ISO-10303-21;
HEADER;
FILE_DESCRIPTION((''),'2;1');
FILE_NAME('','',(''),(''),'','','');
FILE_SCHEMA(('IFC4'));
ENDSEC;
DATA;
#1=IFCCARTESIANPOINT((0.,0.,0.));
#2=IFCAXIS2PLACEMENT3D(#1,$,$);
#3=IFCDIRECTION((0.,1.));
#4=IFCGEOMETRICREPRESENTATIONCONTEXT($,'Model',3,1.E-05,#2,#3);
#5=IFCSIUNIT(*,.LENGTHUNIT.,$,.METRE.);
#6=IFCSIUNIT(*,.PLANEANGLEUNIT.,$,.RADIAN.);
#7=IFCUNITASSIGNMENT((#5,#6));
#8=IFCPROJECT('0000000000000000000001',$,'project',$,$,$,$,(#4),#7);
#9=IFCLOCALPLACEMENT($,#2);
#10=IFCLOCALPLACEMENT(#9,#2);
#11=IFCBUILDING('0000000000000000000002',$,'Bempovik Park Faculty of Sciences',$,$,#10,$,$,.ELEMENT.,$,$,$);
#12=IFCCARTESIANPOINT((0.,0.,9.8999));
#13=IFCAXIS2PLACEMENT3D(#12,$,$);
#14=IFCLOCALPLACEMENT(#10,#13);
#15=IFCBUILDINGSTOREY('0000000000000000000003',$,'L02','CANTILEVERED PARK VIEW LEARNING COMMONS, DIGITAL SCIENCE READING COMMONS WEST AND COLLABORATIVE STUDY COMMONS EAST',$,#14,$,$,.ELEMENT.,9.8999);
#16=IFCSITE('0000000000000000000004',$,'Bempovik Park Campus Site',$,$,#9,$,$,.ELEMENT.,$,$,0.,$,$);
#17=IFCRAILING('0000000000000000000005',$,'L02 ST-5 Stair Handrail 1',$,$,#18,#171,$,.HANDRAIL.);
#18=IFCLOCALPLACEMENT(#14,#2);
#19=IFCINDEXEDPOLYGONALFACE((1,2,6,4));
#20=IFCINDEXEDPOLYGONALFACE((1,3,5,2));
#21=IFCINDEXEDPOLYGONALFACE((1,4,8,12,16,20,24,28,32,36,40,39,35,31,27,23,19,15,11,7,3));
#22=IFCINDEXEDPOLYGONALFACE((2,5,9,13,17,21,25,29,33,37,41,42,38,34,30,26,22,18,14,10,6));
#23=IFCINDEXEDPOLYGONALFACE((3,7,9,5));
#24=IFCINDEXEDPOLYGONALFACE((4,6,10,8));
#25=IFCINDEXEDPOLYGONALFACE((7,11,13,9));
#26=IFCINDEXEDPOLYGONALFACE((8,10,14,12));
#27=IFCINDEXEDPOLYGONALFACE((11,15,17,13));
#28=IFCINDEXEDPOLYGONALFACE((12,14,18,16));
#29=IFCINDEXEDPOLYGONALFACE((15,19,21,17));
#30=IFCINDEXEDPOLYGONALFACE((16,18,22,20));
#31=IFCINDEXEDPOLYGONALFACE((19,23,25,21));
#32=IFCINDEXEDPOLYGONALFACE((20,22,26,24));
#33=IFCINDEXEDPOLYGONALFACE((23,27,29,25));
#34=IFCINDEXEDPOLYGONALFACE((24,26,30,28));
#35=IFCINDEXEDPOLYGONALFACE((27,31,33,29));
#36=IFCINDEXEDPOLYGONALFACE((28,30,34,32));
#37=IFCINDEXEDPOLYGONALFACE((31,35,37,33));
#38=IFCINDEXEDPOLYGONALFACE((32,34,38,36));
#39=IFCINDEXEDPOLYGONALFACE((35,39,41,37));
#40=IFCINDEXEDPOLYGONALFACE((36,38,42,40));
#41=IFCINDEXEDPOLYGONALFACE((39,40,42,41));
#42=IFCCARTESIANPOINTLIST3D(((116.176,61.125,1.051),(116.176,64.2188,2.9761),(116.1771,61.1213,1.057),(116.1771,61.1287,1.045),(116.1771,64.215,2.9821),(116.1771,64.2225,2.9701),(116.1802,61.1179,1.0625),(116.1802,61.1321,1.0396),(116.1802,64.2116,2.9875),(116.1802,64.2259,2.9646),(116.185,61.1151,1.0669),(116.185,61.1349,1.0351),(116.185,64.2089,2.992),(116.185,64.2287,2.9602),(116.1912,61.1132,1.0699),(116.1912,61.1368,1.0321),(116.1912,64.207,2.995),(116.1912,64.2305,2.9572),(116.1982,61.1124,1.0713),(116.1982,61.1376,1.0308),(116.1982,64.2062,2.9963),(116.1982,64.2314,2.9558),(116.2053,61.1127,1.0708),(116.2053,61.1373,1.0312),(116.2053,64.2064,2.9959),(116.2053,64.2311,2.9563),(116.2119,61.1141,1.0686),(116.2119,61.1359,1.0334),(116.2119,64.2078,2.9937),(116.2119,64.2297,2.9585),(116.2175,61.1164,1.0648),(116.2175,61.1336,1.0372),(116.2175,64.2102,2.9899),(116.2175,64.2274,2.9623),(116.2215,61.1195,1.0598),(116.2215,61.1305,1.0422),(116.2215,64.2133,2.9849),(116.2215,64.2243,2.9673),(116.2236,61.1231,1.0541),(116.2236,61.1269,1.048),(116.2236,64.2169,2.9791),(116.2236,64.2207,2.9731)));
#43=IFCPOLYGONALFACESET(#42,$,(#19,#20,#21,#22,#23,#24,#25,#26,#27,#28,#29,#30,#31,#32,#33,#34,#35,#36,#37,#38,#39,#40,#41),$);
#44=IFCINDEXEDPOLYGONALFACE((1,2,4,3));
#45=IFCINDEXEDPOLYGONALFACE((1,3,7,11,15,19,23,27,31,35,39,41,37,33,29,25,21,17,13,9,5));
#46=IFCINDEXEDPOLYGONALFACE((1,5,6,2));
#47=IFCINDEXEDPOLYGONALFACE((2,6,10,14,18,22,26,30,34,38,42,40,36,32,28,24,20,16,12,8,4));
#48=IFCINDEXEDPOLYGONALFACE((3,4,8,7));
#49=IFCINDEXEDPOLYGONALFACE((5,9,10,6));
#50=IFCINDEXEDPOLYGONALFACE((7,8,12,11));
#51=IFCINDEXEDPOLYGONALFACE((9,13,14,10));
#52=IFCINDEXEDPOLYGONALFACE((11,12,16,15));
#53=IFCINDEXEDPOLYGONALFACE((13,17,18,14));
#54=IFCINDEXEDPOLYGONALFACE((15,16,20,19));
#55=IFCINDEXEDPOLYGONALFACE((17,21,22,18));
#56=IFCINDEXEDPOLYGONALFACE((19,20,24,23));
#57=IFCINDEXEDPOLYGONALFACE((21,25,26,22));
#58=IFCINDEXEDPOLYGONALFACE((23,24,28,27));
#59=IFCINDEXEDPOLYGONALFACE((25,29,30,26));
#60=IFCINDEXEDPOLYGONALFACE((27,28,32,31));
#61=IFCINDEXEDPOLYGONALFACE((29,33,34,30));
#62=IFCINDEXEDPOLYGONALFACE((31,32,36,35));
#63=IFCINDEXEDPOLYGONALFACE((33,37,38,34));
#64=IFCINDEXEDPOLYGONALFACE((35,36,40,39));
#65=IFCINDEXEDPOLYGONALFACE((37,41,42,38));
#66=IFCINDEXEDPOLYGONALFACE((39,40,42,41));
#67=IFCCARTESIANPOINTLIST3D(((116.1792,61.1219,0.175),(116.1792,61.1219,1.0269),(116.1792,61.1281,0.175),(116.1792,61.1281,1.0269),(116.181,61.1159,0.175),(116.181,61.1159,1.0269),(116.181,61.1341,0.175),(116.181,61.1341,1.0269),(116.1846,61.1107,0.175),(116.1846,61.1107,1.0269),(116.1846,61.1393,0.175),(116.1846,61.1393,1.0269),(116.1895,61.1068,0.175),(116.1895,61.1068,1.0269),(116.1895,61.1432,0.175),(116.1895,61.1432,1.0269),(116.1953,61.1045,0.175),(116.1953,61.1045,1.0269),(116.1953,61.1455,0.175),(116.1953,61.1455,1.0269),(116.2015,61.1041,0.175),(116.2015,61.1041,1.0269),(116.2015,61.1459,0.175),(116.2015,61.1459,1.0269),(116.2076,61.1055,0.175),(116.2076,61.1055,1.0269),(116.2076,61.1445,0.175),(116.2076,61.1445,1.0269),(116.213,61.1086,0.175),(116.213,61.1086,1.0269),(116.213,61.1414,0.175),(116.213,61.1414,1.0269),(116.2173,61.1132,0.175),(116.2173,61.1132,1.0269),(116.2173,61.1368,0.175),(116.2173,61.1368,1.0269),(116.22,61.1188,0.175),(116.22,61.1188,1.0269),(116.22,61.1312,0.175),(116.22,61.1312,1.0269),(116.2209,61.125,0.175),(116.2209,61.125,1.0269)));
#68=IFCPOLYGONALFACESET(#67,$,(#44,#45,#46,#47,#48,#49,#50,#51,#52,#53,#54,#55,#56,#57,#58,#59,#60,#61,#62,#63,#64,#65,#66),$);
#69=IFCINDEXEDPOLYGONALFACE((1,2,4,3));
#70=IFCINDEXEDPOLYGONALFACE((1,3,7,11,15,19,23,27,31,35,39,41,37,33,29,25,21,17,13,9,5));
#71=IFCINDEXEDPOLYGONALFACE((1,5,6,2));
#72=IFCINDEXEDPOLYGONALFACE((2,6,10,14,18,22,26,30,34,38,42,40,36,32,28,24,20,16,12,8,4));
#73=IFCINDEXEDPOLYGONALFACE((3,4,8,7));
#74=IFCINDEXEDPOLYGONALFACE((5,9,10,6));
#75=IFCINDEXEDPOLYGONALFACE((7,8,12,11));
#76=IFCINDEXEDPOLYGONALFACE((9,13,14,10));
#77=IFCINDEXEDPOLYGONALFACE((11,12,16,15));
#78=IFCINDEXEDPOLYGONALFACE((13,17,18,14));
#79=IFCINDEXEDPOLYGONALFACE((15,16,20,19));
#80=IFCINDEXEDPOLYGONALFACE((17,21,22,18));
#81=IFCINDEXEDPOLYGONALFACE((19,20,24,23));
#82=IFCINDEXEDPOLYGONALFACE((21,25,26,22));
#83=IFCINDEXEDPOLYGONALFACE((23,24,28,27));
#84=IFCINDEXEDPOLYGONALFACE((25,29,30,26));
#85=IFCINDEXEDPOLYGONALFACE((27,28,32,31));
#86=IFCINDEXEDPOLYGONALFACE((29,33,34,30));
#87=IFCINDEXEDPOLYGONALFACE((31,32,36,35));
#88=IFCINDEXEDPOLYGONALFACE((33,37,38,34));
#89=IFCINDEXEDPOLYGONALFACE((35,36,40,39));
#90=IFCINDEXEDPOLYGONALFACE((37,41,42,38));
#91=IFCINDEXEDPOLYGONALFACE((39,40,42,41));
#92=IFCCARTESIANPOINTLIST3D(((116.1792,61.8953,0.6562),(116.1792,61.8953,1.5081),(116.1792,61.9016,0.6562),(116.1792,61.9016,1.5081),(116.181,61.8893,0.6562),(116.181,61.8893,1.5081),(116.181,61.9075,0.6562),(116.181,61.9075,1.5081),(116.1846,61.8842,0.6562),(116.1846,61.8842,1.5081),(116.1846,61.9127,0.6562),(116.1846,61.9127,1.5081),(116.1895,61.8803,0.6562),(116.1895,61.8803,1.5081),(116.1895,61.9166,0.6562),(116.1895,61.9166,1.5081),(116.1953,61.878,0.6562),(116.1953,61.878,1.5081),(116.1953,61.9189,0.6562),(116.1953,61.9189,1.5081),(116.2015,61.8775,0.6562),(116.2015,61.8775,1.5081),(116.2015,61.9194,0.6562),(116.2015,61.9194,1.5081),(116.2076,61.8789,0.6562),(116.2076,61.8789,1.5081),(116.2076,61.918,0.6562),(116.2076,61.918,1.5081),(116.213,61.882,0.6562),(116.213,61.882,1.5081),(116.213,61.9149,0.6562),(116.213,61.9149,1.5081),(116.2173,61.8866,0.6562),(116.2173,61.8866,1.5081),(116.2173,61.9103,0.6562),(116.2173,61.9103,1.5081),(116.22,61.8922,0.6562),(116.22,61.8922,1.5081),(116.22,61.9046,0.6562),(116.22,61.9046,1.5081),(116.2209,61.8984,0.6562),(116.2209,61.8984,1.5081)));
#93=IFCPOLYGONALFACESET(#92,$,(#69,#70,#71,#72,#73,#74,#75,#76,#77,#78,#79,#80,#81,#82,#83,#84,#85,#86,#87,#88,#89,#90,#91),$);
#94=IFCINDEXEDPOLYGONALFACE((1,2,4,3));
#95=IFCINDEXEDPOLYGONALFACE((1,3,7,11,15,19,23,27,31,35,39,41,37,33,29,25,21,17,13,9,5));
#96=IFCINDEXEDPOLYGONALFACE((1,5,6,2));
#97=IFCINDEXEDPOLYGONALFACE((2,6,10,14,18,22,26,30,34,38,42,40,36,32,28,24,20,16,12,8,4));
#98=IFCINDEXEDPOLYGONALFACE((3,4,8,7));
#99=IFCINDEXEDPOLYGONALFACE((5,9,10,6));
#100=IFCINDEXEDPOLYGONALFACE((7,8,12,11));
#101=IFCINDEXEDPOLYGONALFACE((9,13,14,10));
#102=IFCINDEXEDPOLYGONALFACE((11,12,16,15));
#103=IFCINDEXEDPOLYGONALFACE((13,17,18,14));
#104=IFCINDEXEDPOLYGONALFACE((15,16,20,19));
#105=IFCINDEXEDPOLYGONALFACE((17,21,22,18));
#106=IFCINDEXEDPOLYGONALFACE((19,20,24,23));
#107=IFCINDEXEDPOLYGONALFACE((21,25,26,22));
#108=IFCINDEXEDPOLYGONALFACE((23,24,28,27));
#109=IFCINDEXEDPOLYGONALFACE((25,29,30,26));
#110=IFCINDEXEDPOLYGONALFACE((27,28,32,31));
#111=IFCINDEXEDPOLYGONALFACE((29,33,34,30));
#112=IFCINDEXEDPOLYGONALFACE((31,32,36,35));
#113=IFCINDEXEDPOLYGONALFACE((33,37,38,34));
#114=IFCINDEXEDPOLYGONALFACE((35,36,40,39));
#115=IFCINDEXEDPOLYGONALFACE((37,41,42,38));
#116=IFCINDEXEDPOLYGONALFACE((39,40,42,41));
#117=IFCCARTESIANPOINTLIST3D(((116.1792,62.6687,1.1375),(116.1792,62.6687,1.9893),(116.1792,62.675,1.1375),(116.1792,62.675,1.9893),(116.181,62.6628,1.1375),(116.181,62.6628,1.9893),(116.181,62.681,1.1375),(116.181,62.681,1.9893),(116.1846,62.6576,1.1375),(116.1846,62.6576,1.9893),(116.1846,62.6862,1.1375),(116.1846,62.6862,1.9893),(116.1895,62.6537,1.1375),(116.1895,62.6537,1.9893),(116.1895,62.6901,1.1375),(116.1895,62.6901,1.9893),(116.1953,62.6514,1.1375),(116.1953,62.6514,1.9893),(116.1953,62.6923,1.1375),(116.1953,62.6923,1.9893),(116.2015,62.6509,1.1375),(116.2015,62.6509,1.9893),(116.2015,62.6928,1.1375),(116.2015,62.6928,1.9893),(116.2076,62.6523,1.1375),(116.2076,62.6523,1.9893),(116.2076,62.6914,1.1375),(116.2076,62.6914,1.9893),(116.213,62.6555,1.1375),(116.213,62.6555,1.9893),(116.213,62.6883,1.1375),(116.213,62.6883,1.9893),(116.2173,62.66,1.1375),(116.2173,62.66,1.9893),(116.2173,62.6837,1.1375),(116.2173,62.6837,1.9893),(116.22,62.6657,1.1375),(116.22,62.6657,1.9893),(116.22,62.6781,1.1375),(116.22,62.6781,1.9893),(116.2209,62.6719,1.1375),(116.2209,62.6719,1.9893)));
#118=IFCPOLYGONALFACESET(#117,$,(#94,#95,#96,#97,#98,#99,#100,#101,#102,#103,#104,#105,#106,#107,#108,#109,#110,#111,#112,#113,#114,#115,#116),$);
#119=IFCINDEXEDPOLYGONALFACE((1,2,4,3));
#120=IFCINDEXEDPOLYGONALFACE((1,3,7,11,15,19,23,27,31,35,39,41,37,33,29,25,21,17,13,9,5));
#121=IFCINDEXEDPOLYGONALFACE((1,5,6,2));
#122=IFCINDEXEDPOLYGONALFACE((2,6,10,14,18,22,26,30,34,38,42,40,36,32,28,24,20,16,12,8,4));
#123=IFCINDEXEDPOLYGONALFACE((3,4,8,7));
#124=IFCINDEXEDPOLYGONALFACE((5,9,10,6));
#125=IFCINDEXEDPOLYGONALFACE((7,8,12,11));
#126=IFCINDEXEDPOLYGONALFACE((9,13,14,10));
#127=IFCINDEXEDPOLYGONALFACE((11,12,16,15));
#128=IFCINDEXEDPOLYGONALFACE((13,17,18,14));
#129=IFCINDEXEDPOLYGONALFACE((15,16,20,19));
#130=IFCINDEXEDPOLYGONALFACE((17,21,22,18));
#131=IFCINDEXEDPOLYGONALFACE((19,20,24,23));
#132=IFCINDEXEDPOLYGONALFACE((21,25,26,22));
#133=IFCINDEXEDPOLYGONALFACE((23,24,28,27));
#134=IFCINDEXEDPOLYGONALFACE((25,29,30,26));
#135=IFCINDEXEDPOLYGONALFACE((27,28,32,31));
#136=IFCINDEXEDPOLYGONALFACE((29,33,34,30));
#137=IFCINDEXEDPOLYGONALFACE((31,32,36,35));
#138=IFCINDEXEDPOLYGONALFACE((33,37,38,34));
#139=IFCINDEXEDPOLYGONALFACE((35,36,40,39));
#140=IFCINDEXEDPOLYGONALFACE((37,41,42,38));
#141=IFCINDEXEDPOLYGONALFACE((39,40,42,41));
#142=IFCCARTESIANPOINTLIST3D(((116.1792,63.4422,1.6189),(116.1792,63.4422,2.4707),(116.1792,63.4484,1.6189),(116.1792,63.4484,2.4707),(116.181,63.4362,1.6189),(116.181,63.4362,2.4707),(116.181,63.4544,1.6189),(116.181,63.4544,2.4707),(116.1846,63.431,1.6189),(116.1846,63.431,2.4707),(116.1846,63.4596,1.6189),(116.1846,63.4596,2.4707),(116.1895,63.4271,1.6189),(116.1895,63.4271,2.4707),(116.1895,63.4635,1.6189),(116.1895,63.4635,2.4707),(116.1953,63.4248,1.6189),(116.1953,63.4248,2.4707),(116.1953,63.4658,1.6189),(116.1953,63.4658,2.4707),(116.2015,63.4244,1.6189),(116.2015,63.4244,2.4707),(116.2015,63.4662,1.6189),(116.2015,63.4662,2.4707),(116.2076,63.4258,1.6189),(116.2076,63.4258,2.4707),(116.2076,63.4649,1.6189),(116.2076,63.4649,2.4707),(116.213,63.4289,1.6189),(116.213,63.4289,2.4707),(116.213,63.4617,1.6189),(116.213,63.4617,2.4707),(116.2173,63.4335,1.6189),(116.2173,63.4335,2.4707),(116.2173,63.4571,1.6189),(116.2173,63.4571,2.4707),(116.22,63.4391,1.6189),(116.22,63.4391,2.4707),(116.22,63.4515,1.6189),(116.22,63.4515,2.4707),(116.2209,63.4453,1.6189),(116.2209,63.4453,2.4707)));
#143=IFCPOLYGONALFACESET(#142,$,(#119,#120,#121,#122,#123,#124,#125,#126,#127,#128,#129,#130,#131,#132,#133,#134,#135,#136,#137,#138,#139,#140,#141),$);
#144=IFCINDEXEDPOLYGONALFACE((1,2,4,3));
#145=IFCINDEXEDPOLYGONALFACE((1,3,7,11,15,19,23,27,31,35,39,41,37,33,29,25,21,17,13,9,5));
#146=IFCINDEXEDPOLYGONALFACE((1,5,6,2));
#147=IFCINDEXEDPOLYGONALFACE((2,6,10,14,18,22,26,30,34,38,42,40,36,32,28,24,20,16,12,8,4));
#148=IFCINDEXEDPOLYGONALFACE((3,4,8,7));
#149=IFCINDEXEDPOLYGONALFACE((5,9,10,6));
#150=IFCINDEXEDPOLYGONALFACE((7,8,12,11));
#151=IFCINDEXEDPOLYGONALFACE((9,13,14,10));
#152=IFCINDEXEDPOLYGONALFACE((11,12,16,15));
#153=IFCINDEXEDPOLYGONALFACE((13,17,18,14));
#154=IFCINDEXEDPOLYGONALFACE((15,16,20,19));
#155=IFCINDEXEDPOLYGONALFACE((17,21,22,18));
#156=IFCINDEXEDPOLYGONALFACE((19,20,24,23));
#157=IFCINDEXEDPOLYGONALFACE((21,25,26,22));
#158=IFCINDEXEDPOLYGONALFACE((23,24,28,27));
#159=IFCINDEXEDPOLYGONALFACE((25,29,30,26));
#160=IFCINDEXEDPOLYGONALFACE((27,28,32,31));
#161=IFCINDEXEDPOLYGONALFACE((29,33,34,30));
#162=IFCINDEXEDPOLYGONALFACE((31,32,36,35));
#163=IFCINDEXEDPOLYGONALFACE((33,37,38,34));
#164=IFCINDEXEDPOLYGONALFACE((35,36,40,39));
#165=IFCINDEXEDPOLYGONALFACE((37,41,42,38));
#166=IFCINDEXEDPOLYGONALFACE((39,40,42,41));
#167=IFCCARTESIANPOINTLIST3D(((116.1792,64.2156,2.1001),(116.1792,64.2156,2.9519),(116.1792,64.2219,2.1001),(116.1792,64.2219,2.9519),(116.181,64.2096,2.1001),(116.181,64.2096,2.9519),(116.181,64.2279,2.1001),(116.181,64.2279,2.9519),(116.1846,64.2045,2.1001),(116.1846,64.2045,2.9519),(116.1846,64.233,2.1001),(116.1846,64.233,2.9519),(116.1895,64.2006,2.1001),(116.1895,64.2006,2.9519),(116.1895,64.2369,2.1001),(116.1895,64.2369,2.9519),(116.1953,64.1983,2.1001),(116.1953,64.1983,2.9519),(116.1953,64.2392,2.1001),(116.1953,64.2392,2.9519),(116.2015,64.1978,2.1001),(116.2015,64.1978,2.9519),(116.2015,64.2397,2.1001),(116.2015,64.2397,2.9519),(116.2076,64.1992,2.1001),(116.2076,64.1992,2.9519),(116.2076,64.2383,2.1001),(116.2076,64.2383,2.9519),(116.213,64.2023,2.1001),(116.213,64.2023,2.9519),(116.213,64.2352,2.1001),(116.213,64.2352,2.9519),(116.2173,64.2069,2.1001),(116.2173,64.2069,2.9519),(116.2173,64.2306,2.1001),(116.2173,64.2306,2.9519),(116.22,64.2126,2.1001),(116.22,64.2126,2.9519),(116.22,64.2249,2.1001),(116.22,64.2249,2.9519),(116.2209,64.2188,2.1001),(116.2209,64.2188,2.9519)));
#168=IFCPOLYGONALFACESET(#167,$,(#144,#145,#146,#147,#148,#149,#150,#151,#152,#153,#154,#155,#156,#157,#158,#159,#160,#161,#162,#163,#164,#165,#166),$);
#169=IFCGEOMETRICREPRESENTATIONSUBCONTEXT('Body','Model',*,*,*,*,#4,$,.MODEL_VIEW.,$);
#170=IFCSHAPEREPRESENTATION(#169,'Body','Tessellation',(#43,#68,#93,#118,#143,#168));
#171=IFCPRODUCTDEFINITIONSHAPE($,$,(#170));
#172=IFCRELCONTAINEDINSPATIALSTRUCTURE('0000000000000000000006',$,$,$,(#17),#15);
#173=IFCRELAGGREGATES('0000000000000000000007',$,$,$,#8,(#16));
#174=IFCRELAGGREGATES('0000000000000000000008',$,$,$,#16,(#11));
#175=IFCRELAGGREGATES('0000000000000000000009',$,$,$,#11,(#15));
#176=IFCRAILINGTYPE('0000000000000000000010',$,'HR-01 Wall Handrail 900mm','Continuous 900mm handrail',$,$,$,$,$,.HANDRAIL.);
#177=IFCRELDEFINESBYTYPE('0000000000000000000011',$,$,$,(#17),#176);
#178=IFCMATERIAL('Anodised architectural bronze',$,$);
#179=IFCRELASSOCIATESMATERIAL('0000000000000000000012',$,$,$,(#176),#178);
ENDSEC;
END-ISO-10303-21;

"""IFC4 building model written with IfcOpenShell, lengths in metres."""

from ifc_helpers import new_model, si_unit, direction, frame, origin, origin_2d, place, context, subcontext, project, spatial, circle, extrude, material, type_object, element, save


model = new_model("IFC4")

# Units and contexts
model_context = context("Model", 3, precision=1e-05, world=origin(), true_north=direction((0.0, 1.0)))
body_context = subcontext(model_context, "Body", "Model", "MODEL_VIEW")
ifc_project = project(units=[si_unit("LENGTHUNIT", "METRE"), si_unit("PLANEANGLEUNIT", "RADIAN")], contexts=[model_context])

# Site, building, storey
site_placement = place(None, origin())
site = spatial("IfcSite", under=ifc_project, at=site_placement, Name="Bempovik Park Campus Site", CompositionType="ELEMENT", RefElevation=0.0)
building_placement = place(site_placement, origin())
building = spatial("IfcBuilding", under=site, at=building_placement, Name="Bempovik Park Faculty of Sciences", CompositionType="ELEMENT")
storey_placement = place(building_placement, frame((0.0, 0.0, 9.8999)))
storey = spatial("IfcBuildingStorey", under=building, at=storey_placement, Name="L02", Description="CANTILEVERED PARK VIEW LEARNING COMMONS, DIGITAL SCIENCE READING COMMONS WEST AND COLLABORATIVE STUDY COMMONS EAST", CompositionType="ELEMENT", Elevation=9.8999)

# Railing
ifc_material_1 = material(Name="Anodised architectural bronze")
railing_type_1 = type_object("IfcRailingType", Name="HR-01 Wall Handrail 900mm", Description="Continuous 900mm handrail", PredefinedType="HANDRAIL", material=ifc_material_1)
railing_1_placement = place(storey_placement, frame((116.2, 61.125, 0.175)))
element("IfcRailing", 1, at=railing_1_placement, inside=storey, type_object=railing_type_1, Name="L02 ST-5 Stair Handrail 1", PredefinedType="HANDRAIL", context=body_context, shape_type="SweptSolid", body=[
    extrude(circle(Radius=0.0239, at=origin_2d()), frame((0.0, 0.0, 0.876), z_axis=(0.0, 0.849051, 0.528312), x_axis=(-1.0, 0.0, 0.0)), (0.0, 0.0, 1.0), 3.6438),
    extrude(circle(Radius=0.021, at=origin_2d()), origin(), (0.0, 0.0, 1.0), 0.8518),
    extrude(circle(Radius=0.021, at=origin_2d()), frame((0.0, 0.7734, 0.4812)), (0.0, 0.0, 1.0), 0.8518),
    extrude(circle(Radius=0.021, at=origin_2d()), frame((0.0, 1.5469, 0.9624)), (0.0, 0.0, 1.0), 0.8518),
    extrude(circle(Radius=0.021, at=origin_2d()), frame((0.0, 2.3203, 1.4438)), (0.0, 0.0, 1.0), 0.8518),
    extrude(circle(Radius=0.021, at=origin_2d()), frame((0.0, 3.0938, 1.925)), (0.0, 0.0, 1.0), 0.8518),
])

save(model, "model.ifc")
